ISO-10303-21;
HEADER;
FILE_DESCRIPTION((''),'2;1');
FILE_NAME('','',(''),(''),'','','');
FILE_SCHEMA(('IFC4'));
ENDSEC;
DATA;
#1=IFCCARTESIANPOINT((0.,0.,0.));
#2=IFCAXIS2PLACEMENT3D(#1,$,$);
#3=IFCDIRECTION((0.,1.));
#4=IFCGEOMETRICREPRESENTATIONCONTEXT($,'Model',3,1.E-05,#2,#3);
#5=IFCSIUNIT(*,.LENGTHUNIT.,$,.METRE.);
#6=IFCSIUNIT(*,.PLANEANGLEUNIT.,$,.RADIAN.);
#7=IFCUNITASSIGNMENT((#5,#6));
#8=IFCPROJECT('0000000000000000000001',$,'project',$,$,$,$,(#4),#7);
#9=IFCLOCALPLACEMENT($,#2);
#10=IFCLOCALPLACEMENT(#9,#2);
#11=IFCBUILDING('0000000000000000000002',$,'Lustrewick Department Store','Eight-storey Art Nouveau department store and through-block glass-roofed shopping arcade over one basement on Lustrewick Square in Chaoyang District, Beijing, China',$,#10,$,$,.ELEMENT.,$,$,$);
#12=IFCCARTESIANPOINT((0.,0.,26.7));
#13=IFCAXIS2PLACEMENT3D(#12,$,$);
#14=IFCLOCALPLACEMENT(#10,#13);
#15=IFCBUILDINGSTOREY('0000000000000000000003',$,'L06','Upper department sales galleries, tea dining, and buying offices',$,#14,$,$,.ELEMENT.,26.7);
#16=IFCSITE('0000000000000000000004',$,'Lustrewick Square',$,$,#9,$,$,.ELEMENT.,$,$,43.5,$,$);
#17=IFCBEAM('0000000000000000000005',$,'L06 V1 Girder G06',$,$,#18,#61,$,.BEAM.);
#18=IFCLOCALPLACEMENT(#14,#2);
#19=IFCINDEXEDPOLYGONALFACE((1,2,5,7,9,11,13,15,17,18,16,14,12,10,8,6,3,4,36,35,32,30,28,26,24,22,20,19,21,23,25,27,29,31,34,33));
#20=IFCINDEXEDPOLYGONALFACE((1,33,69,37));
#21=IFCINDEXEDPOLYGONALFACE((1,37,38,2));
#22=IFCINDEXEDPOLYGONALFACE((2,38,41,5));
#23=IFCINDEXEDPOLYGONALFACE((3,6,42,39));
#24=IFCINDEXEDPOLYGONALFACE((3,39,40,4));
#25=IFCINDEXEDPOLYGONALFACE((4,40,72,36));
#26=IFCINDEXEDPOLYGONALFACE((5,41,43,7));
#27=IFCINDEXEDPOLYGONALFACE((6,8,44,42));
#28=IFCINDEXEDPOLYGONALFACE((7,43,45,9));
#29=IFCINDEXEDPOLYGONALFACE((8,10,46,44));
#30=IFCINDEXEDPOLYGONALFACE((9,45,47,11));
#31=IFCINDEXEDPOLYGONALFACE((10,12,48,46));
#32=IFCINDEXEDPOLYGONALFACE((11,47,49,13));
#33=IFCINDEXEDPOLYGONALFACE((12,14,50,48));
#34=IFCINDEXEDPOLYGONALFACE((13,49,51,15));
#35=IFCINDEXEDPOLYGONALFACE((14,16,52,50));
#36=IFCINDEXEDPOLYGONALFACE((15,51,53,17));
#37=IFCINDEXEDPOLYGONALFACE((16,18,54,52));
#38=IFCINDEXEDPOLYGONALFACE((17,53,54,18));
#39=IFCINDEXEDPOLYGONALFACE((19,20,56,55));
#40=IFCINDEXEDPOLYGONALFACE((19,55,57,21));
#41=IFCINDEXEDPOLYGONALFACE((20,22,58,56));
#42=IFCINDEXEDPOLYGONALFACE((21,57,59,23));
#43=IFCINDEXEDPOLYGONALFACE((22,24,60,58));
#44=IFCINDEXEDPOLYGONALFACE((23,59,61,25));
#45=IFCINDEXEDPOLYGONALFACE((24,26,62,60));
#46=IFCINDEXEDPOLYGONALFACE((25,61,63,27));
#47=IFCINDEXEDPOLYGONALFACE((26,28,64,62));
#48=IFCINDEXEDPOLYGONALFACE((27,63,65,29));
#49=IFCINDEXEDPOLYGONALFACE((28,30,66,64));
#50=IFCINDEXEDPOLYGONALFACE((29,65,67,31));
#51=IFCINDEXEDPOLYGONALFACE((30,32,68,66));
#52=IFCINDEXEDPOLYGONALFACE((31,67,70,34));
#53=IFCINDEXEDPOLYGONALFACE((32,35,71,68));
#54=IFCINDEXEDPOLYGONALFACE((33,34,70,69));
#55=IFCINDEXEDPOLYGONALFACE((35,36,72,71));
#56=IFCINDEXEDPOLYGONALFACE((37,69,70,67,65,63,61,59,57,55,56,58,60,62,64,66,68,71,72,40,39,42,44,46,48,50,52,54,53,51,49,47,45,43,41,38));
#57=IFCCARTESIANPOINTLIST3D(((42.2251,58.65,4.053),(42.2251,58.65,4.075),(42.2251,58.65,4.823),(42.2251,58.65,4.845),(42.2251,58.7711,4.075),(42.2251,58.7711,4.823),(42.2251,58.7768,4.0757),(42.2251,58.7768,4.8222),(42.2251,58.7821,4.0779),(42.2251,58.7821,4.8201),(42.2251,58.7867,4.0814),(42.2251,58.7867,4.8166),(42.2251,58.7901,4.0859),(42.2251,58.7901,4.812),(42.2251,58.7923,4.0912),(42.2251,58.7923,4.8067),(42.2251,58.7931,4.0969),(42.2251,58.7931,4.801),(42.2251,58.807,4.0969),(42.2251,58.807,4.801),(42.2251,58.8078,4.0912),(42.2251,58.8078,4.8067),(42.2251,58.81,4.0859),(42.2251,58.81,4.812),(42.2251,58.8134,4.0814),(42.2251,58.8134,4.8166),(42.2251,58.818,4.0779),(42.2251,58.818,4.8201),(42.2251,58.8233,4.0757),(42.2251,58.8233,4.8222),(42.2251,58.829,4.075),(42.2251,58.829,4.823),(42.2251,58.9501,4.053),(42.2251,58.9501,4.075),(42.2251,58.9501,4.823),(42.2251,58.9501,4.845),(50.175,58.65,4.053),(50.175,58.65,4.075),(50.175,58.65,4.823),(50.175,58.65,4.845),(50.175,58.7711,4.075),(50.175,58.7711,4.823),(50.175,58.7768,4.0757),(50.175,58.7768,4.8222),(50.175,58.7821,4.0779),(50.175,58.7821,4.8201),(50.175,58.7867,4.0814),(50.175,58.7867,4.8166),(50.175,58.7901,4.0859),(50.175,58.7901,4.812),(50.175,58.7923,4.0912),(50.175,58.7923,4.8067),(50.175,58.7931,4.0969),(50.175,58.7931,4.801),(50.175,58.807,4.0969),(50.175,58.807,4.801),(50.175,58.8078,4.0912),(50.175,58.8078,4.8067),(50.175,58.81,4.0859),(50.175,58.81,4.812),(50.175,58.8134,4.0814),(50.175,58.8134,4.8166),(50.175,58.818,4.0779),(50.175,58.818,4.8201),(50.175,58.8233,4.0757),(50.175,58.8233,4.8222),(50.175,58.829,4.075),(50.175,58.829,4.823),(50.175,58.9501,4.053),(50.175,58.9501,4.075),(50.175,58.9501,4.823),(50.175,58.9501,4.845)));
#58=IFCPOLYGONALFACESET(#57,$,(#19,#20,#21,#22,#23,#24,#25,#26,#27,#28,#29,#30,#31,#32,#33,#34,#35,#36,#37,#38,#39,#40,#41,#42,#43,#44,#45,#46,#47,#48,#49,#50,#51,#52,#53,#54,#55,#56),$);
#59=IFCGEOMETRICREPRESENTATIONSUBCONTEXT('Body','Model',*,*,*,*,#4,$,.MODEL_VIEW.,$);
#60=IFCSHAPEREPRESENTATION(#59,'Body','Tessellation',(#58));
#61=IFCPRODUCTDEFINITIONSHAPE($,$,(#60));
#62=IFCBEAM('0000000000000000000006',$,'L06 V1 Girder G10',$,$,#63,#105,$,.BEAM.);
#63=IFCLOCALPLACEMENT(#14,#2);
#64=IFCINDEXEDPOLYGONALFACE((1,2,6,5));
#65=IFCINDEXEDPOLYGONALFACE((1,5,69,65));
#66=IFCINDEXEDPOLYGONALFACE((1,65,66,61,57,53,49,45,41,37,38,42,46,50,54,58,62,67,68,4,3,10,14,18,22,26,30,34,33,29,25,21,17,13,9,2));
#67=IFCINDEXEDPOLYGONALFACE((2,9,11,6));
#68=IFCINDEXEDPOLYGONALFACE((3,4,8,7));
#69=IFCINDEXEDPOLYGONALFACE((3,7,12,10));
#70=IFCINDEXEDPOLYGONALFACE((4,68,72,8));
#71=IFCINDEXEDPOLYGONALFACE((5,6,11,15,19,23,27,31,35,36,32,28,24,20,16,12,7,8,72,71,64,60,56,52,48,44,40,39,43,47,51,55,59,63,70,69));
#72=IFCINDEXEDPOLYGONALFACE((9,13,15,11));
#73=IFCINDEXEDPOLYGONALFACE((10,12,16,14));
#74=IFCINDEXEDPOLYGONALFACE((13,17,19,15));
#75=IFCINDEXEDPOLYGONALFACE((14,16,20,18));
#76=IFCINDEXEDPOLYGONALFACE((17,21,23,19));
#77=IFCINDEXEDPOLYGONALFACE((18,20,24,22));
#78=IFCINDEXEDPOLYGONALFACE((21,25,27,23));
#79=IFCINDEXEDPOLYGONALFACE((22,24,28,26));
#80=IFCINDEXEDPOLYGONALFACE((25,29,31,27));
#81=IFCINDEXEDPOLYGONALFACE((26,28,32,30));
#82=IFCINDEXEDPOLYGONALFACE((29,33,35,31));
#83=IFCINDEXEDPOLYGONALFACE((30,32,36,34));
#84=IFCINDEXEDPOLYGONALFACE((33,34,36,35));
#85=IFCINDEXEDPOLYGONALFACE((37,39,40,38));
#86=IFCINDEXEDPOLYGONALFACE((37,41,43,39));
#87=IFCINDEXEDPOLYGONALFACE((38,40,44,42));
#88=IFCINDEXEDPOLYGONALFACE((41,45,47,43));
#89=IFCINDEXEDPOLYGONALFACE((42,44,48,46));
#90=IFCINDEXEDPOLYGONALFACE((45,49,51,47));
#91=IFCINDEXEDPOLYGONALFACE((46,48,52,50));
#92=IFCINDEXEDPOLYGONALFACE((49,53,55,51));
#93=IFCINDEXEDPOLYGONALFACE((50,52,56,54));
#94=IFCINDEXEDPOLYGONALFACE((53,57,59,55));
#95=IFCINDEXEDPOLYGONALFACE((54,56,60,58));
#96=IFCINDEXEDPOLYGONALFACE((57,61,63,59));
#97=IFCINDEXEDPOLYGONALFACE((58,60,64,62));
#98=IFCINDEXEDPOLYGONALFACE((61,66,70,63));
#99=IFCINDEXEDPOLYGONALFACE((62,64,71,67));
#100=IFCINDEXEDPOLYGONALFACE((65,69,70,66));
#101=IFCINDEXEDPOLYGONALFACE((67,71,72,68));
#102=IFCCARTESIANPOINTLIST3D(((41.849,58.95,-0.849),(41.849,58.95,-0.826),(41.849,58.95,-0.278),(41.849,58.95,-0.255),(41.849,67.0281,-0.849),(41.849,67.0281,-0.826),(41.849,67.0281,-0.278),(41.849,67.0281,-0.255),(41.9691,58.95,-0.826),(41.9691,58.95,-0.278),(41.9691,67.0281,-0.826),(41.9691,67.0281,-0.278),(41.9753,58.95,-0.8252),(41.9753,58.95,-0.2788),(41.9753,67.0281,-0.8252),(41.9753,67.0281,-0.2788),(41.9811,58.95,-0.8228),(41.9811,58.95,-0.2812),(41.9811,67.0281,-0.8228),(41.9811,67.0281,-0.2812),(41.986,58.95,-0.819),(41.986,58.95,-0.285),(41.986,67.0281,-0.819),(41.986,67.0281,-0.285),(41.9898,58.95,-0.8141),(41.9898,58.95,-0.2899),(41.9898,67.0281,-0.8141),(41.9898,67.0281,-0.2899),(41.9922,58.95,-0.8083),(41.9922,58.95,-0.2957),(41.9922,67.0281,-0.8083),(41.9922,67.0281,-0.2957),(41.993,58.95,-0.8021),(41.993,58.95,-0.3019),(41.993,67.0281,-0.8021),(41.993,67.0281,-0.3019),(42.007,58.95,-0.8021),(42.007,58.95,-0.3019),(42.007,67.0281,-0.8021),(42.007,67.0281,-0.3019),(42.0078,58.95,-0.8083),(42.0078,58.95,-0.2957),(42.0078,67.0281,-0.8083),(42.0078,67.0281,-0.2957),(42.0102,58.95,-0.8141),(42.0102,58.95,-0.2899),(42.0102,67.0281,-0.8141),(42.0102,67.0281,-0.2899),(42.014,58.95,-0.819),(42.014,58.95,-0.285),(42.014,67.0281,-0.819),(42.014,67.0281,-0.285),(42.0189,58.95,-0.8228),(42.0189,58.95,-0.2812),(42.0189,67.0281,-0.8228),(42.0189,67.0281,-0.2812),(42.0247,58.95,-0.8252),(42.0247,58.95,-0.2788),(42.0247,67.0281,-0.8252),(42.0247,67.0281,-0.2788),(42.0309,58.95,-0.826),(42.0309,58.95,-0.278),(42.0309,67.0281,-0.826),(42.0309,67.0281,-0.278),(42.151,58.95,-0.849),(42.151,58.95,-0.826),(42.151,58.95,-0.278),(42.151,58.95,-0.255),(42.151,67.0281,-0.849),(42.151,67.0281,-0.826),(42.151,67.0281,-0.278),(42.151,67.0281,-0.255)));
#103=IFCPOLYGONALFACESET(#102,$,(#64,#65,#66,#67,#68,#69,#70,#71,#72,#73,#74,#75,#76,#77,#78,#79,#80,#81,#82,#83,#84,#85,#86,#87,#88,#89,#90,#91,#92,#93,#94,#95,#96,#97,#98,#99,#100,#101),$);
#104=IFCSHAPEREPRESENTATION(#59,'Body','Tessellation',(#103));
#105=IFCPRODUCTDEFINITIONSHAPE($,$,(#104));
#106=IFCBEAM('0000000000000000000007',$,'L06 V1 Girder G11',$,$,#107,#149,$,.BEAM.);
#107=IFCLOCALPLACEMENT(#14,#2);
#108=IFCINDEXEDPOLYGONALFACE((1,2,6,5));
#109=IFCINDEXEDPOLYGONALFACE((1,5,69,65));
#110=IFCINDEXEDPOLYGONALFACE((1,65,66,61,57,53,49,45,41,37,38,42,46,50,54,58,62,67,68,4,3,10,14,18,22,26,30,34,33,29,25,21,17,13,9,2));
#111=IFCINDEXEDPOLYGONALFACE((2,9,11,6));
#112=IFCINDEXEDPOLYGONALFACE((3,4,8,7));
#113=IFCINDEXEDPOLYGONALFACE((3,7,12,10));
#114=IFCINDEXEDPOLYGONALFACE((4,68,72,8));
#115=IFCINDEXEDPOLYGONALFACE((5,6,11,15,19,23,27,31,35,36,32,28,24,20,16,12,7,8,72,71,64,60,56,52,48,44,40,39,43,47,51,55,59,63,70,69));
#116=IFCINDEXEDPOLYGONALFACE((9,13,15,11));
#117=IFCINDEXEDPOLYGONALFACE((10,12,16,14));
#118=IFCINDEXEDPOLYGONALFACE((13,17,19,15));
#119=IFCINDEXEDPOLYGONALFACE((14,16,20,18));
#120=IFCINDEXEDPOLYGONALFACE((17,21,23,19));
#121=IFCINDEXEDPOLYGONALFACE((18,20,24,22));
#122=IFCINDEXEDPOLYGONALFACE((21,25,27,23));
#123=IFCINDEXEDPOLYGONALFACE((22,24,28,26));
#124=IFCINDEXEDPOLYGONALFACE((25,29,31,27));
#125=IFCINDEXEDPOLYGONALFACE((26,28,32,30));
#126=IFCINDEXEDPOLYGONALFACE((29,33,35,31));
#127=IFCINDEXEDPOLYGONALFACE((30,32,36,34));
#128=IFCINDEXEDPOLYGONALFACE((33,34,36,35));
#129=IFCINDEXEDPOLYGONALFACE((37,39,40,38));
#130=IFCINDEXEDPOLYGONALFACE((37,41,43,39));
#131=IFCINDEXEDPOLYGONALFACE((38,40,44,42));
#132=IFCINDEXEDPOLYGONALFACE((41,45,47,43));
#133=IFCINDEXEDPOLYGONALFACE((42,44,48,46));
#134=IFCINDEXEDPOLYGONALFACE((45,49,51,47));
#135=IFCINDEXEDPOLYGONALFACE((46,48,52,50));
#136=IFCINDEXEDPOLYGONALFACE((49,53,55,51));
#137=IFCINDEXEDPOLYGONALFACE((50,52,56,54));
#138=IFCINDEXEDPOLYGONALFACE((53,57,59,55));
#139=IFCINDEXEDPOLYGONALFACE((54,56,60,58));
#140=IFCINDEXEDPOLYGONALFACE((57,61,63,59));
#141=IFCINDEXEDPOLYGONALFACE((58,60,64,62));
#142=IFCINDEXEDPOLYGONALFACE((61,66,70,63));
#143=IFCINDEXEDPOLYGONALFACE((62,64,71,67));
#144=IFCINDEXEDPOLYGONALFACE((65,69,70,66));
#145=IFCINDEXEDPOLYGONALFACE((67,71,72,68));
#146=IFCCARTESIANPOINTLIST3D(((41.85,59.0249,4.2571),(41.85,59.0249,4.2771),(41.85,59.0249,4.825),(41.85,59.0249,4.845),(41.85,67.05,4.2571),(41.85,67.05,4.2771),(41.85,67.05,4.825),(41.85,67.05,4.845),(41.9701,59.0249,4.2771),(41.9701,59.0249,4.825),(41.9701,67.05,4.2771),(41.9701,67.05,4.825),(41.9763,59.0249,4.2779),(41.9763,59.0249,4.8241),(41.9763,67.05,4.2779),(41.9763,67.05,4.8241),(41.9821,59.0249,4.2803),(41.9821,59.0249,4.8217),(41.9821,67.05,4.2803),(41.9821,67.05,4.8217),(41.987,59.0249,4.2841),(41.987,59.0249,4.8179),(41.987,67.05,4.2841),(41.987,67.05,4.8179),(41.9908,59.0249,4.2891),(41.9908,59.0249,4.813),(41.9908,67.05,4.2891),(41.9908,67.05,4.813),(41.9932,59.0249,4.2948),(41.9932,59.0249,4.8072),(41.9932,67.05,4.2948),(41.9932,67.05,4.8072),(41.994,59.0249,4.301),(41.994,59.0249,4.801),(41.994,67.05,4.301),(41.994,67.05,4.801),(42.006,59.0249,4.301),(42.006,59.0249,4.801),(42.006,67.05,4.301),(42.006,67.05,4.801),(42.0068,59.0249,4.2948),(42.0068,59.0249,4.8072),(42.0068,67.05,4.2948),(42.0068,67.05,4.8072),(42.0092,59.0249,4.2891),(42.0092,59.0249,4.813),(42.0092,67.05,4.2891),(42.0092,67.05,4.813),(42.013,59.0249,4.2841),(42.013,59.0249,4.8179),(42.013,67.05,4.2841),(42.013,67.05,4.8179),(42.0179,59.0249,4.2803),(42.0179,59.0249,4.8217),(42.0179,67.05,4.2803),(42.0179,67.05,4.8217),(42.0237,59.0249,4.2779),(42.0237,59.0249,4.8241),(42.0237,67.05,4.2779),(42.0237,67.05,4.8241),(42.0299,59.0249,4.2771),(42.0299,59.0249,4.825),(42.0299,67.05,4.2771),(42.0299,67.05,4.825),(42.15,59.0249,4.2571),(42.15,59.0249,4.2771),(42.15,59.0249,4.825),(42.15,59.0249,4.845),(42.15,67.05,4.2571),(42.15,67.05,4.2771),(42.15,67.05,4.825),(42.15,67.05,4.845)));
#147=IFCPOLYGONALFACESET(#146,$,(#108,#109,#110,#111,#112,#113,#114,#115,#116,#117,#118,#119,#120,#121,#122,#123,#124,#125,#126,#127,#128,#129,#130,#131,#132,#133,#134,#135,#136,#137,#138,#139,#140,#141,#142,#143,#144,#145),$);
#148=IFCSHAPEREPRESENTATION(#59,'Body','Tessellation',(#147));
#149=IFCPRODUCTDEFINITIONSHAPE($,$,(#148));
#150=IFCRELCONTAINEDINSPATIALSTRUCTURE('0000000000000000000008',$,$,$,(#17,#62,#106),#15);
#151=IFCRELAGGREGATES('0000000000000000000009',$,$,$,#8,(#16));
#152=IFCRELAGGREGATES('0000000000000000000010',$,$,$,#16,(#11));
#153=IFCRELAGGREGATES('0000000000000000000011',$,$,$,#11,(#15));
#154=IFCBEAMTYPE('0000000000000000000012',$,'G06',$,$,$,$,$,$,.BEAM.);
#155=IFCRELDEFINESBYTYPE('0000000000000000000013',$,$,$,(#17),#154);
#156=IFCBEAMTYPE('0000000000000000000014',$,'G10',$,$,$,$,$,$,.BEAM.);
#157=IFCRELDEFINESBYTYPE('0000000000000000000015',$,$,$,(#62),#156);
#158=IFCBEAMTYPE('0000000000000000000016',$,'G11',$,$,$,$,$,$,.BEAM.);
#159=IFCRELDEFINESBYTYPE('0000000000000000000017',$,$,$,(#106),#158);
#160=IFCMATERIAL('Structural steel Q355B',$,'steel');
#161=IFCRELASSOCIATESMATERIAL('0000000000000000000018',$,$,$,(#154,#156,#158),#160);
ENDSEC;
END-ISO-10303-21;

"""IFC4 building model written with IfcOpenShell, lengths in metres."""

from ifc_helpers import new_model, si_unit, direction, frame, origin, origin_2d, place, context, subcontext, project, spatial, i_section, extrude, material, material_profile, profile_set, type_object, element, save


model = new_model("IFC4")

# Units and contexts
model_context = context("Model", 3, precision=1e-05, world=origin(), true_north=direction((0.0, 1.0)))
body_context = subcontext(model_context, "Body", "Model", "MODEL_VIEW")
ifc_project = project(units=[si_unit("LENGTHUNIT", "METRE"), si_unit("PLANEANGLEUNIT", "RADIAN")], contexts=[model_context])

# Site, building, storey
site_placement = place(None, origin())
site = spatial("IfcSite", under=ifc_project, at=site_placement, Name="Lustrewick Square", CompositionType="ELEMENT", RefElevation=43.5)
building_placement = place(site_placement, origin())
building = spatial("IfcBuilding", under=site, at=building_placement, Name="Lustrewick Department Store", Description="Eight-storey Art Nouveau department store and through-block glass-roofed shopping arcade over one basement on Lustrewick Square in Chaoyang District, Beijing, China", CompositionType="ELEMENT")
storey_placement = place(building_placement, frame((0.0, 0.0, 26.7)))
storey = spatial("IfcBuildingStorey", under=building, at=storey_placement, Name="L06", Description="Upper department sales galleries, tea dining, and buying offices", CompositionType="ELEMENT", Elevation=26.7)

# Shared definitions
ifc_material_1 = material(Name="Structural steel Q355B", Category="steel")

# Beams
ifc_material_profile_1 = material_profile(ifc_material_1, i_section(OverallWidth=0.3, OverallDepth=0.792, WebThickness=0.0139, FlangeThickness=0.022, FilletRadius=0.022, at=origin_2d()), Name="HN 792x300x14x22")
ifc_profile_set_1 = profile_set([ifc_material_profile_1], Name="Structural steel Q355B")
beam_type_1 = type_object("IfcBeamType", Name="G06", PredefinedType="BEAM", material=ifc_profile_set_1)
for number, where, z_axis, x_axis, name in (
    (1, (42.2251, 58.8, 4.449), (1.0, 0.0, 0.0), (0.0, 1.0, 0.0), "L06 V1 Girder G06"),
):
    element("IfcBeam", number, at=place(storey_placement, frame(where, z_axis=z_axis, x_axis=x_axis)), inside=storey, type_object=beam_type_1, Name=name, PredefinedType="BEAM", context=body_context, shape_type="SweptSolid", body=[
        extrude(i_section(OverallWidth=0.3, OverallDepth=0.792, WebThickness=0.0139, FlangeThickness=0.022, FilletRadius=0.022, at=origin_2d()), origin(), (0.0, 0.0, 1.0), 7.95),
    ])
ifc_material_profile_2 = material_profile(ifc_material_1, i_section(OverallWidth=0.302, OverallDepth=0.594, WebThickness=0.0139, FlangeThickness=0.0229, FilletRadius=0.0239, at=origin_2d()), Name="HM 594x302x14x23")
ifc_profile_set_2 = profile_set([ifc_material_profile_2], Name="Structural steel Q355B")
beam_type_2 = type_object("IfcBeamType", Name="G10", PredefinedType="BEAM", material=ifc_profile_set_2)
beam_1_placement = place(storey_placement, frame((42.0, 58.95, -0.552), z_axis=(0.0, 1.0, 0.0), x_axis=(-1.0, 0.0, 0.0)))
element("IfcBeam", 2, at=beam_1_placement, inside=storey, type_object=beam_type_2, Name="L06 V1 Girder G10", PredefinedType="BEAM", context=body_context, shape_type="SweptSolid", body=[
    extrude(i_section(OverallWidth=0.302, OverallDepth=0.594, WebThickness=0.0139, FlangeThickness=0.0229, FilletRadius=0.0239, at=origin_2d()), origin(), (0.0, 0.0, 1.0), 8.0781),
])
ifc_material_profile_3 = material_profile(ifc_material_1, i_section(OverallWidth=0.3, OverallDepth=0.5879, WebThickness=0.012, FlangeThickness=0.02, FilletRadius=0.0239, at=origin_2d()), Name="HM 588x300x12x20")
ifc_profile_set_3 = profile_set([ifc_material_profile_3], Name="Structural steel Q355B")
beam_type_3 = type_object("IfcBeamType", Name="G11", PredefinedType="BEAM", material=ifc_profile_set_3)
beam_2_placement = place(storey_placement, frame((42.0, 59.0249, 4.551), z_axis=(0.0, 1.0, 0.0), x_axis=(-1.0, 0.0, 0.0)))
element("IfcBeam", 3, at=beam_2_placement, inside=storey, type_object=beam_type_3, Name="L06 V1 Girder G11", PredefinedType="BEAM", context=body_context, shape_type="SweptSolid", body=[
    extrude(i_section(OverallWidth=0.3, OverallDepth=0.5879, WebThickness=0.012, FlangeThickness=0.02, FilletRadius=0.0239, at=origin_2d()), origin(), (0.0, 0.0, 1.0), 8.0251),
])

save(model, "model.ifc")
